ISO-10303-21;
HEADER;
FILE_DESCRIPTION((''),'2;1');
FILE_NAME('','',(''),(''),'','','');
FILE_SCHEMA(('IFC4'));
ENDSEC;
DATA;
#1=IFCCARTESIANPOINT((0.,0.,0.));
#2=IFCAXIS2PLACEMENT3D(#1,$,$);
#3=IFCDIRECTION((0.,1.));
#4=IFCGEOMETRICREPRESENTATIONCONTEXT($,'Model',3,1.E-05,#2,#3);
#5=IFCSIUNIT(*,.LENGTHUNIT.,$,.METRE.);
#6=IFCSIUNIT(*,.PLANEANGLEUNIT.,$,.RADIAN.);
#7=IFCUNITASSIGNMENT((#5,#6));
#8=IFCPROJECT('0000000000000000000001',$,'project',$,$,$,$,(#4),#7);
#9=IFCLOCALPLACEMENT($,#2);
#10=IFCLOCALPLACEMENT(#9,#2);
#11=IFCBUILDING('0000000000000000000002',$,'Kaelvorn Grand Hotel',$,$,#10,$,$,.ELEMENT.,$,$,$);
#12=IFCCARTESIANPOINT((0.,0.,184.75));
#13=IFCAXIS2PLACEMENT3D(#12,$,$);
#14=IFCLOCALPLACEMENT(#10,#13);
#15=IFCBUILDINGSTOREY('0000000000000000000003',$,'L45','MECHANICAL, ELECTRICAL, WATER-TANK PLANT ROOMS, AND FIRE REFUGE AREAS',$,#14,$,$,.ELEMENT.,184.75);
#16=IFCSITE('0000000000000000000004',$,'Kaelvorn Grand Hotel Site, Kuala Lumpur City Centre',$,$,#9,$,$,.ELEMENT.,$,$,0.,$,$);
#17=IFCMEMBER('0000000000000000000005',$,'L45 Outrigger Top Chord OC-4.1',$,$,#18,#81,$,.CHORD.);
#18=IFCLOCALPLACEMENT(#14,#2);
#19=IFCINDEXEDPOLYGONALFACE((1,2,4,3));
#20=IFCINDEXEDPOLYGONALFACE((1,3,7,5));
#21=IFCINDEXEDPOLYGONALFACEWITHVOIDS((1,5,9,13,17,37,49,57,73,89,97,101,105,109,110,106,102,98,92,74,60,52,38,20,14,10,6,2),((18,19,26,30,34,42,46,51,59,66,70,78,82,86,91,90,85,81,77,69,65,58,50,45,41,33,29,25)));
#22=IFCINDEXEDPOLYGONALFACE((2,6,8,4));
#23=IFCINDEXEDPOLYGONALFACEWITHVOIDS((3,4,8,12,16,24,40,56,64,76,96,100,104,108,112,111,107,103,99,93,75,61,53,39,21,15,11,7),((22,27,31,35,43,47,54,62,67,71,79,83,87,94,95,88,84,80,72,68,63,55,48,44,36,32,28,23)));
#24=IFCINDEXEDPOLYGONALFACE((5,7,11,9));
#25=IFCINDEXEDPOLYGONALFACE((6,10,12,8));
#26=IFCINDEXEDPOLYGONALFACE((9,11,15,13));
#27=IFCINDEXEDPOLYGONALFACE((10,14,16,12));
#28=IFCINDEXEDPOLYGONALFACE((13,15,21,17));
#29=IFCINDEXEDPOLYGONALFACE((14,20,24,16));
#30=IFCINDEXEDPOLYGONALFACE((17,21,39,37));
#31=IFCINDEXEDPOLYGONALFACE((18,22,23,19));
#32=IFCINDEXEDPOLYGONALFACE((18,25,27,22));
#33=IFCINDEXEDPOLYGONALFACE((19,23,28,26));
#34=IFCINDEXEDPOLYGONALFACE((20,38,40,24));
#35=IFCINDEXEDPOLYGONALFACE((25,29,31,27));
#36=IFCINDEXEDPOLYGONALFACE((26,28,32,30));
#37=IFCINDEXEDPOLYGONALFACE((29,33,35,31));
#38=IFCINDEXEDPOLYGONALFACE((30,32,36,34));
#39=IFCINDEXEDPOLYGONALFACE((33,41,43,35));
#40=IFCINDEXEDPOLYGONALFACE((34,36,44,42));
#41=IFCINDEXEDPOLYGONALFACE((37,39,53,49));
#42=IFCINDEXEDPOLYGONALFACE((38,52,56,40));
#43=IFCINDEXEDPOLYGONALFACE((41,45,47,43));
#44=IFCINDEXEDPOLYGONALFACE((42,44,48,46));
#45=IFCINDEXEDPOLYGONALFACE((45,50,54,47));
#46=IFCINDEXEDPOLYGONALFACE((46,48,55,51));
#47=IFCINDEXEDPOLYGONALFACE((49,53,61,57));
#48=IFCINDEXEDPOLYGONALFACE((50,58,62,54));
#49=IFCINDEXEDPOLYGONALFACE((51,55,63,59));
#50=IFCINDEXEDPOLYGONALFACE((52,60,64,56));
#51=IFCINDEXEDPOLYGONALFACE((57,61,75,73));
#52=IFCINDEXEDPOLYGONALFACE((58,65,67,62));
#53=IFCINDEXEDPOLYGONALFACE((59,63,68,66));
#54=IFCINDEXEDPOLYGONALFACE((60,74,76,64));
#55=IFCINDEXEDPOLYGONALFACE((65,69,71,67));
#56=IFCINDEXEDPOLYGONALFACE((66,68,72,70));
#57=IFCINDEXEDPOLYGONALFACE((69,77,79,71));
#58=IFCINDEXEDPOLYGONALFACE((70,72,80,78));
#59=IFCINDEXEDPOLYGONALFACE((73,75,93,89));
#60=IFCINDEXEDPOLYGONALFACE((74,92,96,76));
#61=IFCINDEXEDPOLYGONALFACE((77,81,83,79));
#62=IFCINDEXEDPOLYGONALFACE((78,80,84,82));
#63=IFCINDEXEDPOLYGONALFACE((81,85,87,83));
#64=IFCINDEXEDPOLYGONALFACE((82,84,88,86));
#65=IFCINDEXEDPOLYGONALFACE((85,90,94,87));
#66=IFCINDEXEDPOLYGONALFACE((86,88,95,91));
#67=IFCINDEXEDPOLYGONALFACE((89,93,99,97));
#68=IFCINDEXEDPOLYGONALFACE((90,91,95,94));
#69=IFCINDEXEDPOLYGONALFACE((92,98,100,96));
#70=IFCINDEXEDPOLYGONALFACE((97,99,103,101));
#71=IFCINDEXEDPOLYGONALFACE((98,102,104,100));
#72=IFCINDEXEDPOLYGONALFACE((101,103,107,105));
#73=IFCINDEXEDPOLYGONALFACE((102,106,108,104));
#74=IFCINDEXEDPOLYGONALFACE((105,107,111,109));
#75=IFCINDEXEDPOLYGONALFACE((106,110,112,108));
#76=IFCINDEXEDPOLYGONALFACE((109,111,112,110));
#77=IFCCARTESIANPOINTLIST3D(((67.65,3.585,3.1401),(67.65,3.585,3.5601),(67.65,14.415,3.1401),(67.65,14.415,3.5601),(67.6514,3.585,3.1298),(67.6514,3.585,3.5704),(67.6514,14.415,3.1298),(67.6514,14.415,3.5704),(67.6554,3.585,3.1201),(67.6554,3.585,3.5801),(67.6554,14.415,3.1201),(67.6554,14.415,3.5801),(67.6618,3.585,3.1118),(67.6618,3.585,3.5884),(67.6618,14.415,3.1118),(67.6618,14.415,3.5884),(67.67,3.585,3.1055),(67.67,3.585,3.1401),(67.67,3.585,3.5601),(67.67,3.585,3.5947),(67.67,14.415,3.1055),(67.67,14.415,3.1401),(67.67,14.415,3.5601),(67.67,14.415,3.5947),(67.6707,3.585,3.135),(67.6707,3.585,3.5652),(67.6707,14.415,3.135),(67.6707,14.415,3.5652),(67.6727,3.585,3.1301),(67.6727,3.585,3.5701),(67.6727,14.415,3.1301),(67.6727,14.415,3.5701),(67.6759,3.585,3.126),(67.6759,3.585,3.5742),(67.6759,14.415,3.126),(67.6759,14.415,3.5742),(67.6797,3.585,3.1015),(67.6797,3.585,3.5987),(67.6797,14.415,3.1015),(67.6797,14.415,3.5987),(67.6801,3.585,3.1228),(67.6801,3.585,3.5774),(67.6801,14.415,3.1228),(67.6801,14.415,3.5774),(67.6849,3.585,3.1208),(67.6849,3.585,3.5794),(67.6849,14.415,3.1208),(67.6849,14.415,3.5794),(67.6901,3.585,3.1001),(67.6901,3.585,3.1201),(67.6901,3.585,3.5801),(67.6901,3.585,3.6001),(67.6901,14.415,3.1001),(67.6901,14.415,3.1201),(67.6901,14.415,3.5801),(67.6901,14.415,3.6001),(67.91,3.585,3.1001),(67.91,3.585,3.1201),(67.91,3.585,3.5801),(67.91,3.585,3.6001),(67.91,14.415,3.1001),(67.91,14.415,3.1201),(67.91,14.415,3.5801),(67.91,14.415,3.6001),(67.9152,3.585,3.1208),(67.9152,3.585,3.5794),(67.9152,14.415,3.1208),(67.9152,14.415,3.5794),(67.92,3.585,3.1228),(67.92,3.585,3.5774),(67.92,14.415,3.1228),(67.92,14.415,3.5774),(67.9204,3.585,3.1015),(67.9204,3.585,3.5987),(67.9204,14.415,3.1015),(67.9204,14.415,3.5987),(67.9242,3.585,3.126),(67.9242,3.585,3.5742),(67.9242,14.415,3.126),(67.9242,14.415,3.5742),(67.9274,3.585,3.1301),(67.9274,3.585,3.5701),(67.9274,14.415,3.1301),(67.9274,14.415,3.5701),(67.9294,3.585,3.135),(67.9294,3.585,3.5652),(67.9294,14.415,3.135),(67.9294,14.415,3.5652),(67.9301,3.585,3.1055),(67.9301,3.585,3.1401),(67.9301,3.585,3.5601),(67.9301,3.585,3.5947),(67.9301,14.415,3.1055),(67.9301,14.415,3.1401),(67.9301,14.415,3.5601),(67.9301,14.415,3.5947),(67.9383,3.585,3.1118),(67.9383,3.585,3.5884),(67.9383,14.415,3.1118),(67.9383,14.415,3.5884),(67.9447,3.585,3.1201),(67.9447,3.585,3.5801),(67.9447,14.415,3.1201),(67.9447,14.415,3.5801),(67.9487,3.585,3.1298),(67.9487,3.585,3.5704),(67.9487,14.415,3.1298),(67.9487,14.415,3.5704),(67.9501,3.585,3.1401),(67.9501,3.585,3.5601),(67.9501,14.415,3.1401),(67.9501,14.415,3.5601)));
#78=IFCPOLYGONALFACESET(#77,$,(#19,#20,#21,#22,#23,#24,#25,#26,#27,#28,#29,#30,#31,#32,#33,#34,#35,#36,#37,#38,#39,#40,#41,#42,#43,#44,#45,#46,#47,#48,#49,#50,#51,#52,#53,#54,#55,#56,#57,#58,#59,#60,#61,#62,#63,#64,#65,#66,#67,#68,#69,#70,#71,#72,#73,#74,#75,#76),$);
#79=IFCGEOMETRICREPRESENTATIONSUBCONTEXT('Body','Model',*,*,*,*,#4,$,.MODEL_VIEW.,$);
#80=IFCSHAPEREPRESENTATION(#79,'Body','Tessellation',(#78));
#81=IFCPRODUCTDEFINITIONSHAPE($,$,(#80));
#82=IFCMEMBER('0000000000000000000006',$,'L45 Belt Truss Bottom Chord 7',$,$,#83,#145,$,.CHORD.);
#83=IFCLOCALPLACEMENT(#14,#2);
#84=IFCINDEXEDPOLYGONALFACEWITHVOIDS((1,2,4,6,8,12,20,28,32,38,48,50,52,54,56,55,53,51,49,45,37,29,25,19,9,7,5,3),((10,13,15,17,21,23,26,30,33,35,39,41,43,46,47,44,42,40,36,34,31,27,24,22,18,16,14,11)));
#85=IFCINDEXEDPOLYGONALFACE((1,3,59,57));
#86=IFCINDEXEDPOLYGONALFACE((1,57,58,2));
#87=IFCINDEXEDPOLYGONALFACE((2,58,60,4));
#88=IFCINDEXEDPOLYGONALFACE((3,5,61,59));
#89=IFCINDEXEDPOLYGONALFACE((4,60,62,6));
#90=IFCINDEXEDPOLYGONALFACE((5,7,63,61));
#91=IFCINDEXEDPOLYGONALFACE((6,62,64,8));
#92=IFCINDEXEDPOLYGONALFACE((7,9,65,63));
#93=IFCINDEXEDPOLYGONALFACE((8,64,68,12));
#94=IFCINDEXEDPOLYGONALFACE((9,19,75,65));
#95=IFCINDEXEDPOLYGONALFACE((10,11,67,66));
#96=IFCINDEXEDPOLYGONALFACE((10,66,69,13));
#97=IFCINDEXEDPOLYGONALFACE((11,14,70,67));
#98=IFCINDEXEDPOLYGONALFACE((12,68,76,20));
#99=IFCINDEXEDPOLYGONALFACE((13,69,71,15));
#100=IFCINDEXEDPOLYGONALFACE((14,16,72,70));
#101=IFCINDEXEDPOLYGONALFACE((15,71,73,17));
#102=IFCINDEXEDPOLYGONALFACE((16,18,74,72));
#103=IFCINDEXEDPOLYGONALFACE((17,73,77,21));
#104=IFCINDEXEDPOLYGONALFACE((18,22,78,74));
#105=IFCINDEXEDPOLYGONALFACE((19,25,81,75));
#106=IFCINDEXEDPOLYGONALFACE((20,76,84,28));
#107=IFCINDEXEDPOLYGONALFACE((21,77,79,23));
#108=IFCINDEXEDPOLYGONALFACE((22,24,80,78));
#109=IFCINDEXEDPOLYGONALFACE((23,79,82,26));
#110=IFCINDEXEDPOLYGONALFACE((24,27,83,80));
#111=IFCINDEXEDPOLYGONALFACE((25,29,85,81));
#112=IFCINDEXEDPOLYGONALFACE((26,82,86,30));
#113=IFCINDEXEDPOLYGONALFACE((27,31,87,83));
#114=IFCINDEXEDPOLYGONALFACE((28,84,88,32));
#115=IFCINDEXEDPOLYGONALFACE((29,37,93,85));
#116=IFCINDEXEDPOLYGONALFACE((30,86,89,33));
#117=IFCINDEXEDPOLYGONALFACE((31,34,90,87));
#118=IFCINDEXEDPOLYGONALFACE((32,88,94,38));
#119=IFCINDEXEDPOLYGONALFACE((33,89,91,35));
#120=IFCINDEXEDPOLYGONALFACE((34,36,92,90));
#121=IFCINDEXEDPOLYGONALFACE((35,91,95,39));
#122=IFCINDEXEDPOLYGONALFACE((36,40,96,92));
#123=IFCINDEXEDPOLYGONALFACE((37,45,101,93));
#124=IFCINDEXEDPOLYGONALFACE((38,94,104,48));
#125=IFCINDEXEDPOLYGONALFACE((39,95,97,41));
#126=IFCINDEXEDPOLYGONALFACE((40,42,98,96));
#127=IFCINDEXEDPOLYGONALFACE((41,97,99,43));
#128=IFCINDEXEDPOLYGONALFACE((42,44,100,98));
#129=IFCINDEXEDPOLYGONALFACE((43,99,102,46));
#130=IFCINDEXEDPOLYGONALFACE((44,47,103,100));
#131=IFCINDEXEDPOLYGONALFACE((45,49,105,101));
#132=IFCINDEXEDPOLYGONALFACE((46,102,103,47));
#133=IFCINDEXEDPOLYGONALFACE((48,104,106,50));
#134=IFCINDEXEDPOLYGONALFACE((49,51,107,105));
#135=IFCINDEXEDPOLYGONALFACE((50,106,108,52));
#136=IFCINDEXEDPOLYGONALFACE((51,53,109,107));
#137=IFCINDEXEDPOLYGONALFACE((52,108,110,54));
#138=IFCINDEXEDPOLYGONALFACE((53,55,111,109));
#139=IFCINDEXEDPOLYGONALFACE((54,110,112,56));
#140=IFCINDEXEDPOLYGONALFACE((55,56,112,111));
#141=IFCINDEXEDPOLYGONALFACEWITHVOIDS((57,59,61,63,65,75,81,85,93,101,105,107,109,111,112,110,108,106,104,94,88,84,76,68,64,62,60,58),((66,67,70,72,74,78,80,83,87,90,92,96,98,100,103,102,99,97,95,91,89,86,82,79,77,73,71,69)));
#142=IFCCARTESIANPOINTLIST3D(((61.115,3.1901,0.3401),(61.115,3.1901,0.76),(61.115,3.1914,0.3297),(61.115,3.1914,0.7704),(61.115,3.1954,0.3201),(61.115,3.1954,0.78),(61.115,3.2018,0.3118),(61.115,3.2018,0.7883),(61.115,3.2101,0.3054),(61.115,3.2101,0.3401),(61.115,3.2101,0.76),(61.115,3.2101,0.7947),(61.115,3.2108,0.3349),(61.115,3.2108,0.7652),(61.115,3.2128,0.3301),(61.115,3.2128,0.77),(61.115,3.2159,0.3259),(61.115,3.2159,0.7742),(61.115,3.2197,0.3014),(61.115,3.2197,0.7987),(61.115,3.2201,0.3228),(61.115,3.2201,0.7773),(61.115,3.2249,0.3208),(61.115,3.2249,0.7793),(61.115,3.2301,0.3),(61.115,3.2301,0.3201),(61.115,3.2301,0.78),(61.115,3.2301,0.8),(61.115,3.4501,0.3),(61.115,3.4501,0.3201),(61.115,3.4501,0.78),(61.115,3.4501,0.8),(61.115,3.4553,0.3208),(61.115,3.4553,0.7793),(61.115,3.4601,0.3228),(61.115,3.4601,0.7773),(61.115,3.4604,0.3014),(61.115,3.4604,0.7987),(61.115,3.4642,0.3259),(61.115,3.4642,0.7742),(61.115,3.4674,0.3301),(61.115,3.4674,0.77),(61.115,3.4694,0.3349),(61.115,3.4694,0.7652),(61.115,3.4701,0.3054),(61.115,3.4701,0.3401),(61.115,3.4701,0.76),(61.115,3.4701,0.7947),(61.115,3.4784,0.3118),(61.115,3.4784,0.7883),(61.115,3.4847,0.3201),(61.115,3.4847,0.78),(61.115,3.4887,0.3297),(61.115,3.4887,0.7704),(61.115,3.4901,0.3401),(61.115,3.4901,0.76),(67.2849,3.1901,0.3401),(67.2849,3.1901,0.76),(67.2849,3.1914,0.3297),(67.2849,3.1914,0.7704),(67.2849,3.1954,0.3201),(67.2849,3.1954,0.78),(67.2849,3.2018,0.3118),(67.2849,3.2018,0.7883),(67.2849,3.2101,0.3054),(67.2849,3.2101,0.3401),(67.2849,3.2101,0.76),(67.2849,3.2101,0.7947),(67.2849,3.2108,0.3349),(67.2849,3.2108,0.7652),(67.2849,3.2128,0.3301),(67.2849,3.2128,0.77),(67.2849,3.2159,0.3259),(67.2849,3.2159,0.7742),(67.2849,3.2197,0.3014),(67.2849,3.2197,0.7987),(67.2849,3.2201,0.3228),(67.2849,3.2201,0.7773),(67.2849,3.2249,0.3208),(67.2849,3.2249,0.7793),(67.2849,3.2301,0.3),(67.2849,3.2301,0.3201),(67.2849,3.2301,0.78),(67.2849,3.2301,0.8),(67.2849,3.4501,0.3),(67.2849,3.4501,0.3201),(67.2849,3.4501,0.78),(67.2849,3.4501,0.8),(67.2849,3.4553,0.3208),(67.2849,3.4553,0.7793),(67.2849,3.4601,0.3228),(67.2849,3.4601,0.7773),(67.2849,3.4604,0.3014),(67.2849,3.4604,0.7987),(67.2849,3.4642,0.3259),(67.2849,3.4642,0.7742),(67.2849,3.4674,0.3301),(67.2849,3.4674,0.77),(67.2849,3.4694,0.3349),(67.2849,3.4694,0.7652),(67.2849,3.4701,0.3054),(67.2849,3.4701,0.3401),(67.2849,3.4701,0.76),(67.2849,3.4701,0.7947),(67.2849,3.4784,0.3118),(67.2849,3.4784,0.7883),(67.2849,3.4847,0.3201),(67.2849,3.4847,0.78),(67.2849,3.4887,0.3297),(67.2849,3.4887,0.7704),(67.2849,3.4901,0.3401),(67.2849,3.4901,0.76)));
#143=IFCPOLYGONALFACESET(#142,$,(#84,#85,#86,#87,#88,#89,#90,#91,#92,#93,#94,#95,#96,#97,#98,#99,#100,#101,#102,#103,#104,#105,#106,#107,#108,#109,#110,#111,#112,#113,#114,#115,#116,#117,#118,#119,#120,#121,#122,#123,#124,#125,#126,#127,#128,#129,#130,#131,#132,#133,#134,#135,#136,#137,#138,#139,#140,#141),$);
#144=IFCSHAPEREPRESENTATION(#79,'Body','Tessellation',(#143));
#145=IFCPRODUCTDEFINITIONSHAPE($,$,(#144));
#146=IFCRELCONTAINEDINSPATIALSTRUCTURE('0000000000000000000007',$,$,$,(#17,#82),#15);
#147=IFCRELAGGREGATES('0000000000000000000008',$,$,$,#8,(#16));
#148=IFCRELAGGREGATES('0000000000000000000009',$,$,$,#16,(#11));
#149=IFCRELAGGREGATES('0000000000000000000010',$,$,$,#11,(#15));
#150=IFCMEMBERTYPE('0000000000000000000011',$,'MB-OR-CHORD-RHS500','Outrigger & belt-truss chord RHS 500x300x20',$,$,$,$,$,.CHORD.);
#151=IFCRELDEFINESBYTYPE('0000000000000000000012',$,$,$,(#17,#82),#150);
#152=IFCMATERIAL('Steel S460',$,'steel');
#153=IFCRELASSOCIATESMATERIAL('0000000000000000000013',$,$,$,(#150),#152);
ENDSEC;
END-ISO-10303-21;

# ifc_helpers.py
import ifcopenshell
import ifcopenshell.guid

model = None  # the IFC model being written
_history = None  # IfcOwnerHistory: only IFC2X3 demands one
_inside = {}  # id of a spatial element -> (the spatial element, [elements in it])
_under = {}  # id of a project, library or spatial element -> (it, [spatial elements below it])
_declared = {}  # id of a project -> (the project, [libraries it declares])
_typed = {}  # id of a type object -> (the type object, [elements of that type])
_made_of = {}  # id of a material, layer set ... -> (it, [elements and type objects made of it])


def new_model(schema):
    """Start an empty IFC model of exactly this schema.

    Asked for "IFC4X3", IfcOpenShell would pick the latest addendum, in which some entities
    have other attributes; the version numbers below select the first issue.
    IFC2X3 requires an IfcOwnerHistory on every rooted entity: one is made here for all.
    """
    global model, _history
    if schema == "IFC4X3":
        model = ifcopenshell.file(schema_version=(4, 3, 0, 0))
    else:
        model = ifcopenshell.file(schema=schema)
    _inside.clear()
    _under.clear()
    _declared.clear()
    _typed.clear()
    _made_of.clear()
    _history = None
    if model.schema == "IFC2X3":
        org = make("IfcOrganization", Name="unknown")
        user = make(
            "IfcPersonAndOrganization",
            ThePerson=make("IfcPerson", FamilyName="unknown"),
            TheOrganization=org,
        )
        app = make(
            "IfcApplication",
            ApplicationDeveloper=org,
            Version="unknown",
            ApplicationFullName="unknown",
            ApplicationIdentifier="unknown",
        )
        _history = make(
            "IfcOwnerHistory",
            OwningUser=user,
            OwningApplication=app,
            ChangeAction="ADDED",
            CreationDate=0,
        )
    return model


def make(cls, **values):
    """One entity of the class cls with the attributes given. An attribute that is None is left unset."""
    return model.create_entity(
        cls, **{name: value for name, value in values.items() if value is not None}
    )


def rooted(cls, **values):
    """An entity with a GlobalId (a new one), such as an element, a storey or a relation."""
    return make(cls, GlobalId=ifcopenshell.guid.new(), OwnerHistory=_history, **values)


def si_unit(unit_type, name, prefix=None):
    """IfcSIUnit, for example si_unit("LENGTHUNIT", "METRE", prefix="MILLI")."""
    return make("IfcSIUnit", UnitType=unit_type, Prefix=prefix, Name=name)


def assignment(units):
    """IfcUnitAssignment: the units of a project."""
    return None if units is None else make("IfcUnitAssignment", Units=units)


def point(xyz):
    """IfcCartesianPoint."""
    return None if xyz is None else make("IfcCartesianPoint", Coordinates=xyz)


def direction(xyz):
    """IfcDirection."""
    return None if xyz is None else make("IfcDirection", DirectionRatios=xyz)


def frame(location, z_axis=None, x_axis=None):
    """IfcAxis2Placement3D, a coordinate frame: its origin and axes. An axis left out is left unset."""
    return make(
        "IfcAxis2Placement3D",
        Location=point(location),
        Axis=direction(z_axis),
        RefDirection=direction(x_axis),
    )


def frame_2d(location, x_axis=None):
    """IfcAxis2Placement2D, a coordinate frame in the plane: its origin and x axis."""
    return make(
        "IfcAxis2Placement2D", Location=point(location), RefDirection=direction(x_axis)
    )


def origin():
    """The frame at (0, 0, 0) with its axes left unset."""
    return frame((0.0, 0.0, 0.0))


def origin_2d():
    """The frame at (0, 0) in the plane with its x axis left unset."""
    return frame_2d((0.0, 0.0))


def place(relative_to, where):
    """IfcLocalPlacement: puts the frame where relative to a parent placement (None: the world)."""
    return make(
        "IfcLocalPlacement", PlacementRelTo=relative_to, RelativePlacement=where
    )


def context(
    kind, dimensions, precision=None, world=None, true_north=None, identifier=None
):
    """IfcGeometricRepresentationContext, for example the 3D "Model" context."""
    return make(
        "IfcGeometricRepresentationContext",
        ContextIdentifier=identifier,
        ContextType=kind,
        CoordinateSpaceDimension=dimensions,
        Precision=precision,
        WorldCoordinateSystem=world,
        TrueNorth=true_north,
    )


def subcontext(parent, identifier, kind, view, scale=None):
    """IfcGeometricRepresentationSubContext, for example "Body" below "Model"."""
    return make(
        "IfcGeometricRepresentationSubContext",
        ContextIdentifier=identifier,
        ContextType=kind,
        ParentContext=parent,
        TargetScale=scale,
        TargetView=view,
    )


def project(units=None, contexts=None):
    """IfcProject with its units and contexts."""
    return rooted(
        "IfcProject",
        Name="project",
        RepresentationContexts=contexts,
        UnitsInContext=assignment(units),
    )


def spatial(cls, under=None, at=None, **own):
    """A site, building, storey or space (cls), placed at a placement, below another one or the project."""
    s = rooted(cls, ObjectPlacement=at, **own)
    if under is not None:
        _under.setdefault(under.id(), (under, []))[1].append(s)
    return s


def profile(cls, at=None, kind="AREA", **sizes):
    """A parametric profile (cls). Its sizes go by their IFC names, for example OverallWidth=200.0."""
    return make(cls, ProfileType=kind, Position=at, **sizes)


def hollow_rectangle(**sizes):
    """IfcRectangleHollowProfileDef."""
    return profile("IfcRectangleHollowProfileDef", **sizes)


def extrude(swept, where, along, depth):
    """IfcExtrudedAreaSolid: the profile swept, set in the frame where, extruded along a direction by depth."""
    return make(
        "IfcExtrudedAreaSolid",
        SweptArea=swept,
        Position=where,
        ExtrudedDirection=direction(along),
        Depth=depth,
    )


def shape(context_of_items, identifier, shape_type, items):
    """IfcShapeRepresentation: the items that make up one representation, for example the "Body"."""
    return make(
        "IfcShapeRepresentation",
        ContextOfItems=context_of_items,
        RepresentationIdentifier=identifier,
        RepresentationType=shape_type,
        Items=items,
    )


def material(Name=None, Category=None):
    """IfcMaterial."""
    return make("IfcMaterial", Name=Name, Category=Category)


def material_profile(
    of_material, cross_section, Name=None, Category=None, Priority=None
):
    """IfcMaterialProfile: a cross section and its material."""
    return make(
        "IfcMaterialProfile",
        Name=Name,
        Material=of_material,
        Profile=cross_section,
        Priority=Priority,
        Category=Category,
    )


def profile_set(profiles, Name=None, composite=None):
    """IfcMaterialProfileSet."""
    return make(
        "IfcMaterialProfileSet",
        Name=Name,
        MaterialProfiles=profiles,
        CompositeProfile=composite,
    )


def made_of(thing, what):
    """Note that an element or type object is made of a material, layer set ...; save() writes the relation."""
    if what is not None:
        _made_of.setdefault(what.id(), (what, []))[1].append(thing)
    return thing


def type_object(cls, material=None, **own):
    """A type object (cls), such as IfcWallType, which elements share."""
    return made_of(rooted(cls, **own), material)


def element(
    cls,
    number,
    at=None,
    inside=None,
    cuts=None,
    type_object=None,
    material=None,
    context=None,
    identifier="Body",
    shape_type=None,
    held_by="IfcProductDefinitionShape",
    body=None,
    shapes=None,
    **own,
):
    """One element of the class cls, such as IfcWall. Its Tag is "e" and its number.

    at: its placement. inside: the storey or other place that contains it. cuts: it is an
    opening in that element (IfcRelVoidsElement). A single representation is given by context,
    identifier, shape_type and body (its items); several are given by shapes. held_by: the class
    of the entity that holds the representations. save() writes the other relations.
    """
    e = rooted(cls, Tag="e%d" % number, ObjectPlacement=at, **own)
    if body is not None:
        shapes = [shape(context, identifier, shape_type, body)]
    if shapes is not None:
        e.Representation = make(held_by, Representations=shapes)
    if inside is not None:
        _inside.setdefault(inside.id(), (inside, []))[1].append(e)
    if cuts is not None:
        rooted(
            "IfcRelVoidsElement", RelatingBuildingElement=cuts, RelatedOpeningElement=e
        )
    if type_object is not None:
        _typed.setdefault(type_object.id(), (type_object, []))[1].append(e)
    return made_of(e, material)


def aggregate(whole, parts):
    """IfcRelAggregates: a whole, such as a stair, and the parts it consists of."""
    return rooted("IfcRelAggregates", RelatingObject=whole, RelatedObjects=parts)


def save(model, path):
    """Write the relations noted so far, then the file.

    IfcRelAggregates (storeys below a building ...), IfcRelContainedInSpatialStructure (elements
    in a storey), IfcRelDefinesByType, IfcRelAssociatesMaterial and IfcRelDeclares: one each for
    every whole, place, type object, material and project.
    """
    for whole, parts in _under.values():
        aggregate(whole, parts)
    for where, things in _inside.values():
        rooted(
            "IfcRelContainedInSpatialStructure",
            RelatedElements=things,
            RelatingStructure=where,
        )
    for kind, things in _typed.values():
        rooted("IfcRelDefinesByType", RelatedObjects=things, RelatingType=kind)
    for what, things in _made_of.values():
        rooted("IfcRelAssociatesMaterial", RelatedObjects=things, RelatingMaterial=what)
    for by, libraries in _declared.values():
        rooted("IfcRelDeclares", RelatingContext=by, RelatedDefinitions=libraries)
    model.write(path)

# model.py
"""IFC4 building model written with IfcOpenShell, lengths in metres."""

from ifc_helpers import new_model, si_unit, direction, frame, origin, origin_2d, place, context, subcontext, project, spatial, hollow_rectangle, extrude, material, material_profile, profile_set, type_object, element, save


model = new_model("IFC4")

# Units and contexts
model_context = context("Model", 3, precision=1e-05, world=origin(), true_north=direction((0.0, 1.0)))
body_context = subcontext(model_context, "Body", "Model", "MODEL_VIEW")
ifc_project = project(units=[si_unit("LENGTHUNIT", "METRE"), si_unit("PLANEANGLEUNIT", "RADIAN")], contexts=[model_context])

# Site, building, storey
site_placement = place(None, origin())
site = spatial("IfcSite", under=ifc_project, at=site_placement, Name="Kaelvorn Grand Hotel Site, Kuala Lumpur City Centre", CompositionType="ELEMENT", RefElevation=0.0)
building_placement = place(site_placement, origin())
building = spatial("IfcBuilding", under=site, at=building_placement, Name="Kaelvorn Grand Hotel", CompositionType="ELEMENT")
storey_placement = place(building_placement, frame((0.0, 0.0, 184.75)))
storey = spatial("IfcBuildingStorey", under=building, at=storey_placement, Name="L45", Description="MECHANICAL, ELECTRICAL, WATER-TANK PLANT ROOMS, AND FIRE REFUGE AREAS", CompositionType="ELEMENT", Elevation=184.75)

# Members
ifc_material_1 = material(Name="Steel S460", Category="steel")
ifc_material_profile_1 = material_profile(ifc_material_1, hollow_rectangle(XDim=0.3, YDim=0.5, WallThickness=0.02, InnerFilletRadius=0.02, OuterFilletRadius=0.04, at=origin_2d()), Name="RHS 500x300x20.0")
ifc_profile_set_1 = profile_set([ifc_material_profile_1], Name="Steel S460")
member_type_1 = type_object("IfcMemberType", Name="MB-OR-CHORD-RHS500", Description="Outrigger & belt-truss chord RHS 500x300x20", PredefinedType="CHORD", material=ifc_profile_set_1)
for number, where, z_axis, x_axis, name in (
    (1, (67.8, 3.585, 3.3501), (0.0, 1.0, 0.0), (-1.0, 0.0, 0.0), "L45 Outrigger Top Chord OC-4.1"),
):
    element("IfcMember", number, at=place(storey_placement, frame(where, z_axis=z_axis, x_axis=x_axis)), inside=storey, type_object=member_type_1, Name=name, PredefinedType="CHORD", context=body_context, shape_type="SweptSolid", body=[
        extrude(hollow_rectangle(XDim=0.3, YDim=0.5, WallThickness=0.02, InnerFilletRadius=0.02, OuterFilletRadius=0.04, at=origin_2d()), origin(), (0.0, 0.0, 1.0), 10.8301),
    ])
for number, where, z_axis, x_axis, name in (
    (2, (61.115, 3.3401, 0.55), (1.0, 0.0, 0.0), (0.0, 1.0, 0.0), "L45 Belt Truss Bottom Chord 7"),
):
    element("IfcMember", number, at=place(storey_placement, frame(where, z_axis=z_axis, x_axis=x_axis)), inside=storey, type_object=member_type_1, Name=name, PredefinedType="CHORD", context=body_context, shape_type="SweptSolid", body=[
        extrude(hollow_rectangle(XDim=0.3, YDim=0.5, WallThickness=0.02, InnerFilletRadius=0.02, OuterFilletRadius=0.04, at=origin_2d()), origin(), (0.0, 0.0, 1.0), 6.1699),
    ])

save(model, "model.ifc")
